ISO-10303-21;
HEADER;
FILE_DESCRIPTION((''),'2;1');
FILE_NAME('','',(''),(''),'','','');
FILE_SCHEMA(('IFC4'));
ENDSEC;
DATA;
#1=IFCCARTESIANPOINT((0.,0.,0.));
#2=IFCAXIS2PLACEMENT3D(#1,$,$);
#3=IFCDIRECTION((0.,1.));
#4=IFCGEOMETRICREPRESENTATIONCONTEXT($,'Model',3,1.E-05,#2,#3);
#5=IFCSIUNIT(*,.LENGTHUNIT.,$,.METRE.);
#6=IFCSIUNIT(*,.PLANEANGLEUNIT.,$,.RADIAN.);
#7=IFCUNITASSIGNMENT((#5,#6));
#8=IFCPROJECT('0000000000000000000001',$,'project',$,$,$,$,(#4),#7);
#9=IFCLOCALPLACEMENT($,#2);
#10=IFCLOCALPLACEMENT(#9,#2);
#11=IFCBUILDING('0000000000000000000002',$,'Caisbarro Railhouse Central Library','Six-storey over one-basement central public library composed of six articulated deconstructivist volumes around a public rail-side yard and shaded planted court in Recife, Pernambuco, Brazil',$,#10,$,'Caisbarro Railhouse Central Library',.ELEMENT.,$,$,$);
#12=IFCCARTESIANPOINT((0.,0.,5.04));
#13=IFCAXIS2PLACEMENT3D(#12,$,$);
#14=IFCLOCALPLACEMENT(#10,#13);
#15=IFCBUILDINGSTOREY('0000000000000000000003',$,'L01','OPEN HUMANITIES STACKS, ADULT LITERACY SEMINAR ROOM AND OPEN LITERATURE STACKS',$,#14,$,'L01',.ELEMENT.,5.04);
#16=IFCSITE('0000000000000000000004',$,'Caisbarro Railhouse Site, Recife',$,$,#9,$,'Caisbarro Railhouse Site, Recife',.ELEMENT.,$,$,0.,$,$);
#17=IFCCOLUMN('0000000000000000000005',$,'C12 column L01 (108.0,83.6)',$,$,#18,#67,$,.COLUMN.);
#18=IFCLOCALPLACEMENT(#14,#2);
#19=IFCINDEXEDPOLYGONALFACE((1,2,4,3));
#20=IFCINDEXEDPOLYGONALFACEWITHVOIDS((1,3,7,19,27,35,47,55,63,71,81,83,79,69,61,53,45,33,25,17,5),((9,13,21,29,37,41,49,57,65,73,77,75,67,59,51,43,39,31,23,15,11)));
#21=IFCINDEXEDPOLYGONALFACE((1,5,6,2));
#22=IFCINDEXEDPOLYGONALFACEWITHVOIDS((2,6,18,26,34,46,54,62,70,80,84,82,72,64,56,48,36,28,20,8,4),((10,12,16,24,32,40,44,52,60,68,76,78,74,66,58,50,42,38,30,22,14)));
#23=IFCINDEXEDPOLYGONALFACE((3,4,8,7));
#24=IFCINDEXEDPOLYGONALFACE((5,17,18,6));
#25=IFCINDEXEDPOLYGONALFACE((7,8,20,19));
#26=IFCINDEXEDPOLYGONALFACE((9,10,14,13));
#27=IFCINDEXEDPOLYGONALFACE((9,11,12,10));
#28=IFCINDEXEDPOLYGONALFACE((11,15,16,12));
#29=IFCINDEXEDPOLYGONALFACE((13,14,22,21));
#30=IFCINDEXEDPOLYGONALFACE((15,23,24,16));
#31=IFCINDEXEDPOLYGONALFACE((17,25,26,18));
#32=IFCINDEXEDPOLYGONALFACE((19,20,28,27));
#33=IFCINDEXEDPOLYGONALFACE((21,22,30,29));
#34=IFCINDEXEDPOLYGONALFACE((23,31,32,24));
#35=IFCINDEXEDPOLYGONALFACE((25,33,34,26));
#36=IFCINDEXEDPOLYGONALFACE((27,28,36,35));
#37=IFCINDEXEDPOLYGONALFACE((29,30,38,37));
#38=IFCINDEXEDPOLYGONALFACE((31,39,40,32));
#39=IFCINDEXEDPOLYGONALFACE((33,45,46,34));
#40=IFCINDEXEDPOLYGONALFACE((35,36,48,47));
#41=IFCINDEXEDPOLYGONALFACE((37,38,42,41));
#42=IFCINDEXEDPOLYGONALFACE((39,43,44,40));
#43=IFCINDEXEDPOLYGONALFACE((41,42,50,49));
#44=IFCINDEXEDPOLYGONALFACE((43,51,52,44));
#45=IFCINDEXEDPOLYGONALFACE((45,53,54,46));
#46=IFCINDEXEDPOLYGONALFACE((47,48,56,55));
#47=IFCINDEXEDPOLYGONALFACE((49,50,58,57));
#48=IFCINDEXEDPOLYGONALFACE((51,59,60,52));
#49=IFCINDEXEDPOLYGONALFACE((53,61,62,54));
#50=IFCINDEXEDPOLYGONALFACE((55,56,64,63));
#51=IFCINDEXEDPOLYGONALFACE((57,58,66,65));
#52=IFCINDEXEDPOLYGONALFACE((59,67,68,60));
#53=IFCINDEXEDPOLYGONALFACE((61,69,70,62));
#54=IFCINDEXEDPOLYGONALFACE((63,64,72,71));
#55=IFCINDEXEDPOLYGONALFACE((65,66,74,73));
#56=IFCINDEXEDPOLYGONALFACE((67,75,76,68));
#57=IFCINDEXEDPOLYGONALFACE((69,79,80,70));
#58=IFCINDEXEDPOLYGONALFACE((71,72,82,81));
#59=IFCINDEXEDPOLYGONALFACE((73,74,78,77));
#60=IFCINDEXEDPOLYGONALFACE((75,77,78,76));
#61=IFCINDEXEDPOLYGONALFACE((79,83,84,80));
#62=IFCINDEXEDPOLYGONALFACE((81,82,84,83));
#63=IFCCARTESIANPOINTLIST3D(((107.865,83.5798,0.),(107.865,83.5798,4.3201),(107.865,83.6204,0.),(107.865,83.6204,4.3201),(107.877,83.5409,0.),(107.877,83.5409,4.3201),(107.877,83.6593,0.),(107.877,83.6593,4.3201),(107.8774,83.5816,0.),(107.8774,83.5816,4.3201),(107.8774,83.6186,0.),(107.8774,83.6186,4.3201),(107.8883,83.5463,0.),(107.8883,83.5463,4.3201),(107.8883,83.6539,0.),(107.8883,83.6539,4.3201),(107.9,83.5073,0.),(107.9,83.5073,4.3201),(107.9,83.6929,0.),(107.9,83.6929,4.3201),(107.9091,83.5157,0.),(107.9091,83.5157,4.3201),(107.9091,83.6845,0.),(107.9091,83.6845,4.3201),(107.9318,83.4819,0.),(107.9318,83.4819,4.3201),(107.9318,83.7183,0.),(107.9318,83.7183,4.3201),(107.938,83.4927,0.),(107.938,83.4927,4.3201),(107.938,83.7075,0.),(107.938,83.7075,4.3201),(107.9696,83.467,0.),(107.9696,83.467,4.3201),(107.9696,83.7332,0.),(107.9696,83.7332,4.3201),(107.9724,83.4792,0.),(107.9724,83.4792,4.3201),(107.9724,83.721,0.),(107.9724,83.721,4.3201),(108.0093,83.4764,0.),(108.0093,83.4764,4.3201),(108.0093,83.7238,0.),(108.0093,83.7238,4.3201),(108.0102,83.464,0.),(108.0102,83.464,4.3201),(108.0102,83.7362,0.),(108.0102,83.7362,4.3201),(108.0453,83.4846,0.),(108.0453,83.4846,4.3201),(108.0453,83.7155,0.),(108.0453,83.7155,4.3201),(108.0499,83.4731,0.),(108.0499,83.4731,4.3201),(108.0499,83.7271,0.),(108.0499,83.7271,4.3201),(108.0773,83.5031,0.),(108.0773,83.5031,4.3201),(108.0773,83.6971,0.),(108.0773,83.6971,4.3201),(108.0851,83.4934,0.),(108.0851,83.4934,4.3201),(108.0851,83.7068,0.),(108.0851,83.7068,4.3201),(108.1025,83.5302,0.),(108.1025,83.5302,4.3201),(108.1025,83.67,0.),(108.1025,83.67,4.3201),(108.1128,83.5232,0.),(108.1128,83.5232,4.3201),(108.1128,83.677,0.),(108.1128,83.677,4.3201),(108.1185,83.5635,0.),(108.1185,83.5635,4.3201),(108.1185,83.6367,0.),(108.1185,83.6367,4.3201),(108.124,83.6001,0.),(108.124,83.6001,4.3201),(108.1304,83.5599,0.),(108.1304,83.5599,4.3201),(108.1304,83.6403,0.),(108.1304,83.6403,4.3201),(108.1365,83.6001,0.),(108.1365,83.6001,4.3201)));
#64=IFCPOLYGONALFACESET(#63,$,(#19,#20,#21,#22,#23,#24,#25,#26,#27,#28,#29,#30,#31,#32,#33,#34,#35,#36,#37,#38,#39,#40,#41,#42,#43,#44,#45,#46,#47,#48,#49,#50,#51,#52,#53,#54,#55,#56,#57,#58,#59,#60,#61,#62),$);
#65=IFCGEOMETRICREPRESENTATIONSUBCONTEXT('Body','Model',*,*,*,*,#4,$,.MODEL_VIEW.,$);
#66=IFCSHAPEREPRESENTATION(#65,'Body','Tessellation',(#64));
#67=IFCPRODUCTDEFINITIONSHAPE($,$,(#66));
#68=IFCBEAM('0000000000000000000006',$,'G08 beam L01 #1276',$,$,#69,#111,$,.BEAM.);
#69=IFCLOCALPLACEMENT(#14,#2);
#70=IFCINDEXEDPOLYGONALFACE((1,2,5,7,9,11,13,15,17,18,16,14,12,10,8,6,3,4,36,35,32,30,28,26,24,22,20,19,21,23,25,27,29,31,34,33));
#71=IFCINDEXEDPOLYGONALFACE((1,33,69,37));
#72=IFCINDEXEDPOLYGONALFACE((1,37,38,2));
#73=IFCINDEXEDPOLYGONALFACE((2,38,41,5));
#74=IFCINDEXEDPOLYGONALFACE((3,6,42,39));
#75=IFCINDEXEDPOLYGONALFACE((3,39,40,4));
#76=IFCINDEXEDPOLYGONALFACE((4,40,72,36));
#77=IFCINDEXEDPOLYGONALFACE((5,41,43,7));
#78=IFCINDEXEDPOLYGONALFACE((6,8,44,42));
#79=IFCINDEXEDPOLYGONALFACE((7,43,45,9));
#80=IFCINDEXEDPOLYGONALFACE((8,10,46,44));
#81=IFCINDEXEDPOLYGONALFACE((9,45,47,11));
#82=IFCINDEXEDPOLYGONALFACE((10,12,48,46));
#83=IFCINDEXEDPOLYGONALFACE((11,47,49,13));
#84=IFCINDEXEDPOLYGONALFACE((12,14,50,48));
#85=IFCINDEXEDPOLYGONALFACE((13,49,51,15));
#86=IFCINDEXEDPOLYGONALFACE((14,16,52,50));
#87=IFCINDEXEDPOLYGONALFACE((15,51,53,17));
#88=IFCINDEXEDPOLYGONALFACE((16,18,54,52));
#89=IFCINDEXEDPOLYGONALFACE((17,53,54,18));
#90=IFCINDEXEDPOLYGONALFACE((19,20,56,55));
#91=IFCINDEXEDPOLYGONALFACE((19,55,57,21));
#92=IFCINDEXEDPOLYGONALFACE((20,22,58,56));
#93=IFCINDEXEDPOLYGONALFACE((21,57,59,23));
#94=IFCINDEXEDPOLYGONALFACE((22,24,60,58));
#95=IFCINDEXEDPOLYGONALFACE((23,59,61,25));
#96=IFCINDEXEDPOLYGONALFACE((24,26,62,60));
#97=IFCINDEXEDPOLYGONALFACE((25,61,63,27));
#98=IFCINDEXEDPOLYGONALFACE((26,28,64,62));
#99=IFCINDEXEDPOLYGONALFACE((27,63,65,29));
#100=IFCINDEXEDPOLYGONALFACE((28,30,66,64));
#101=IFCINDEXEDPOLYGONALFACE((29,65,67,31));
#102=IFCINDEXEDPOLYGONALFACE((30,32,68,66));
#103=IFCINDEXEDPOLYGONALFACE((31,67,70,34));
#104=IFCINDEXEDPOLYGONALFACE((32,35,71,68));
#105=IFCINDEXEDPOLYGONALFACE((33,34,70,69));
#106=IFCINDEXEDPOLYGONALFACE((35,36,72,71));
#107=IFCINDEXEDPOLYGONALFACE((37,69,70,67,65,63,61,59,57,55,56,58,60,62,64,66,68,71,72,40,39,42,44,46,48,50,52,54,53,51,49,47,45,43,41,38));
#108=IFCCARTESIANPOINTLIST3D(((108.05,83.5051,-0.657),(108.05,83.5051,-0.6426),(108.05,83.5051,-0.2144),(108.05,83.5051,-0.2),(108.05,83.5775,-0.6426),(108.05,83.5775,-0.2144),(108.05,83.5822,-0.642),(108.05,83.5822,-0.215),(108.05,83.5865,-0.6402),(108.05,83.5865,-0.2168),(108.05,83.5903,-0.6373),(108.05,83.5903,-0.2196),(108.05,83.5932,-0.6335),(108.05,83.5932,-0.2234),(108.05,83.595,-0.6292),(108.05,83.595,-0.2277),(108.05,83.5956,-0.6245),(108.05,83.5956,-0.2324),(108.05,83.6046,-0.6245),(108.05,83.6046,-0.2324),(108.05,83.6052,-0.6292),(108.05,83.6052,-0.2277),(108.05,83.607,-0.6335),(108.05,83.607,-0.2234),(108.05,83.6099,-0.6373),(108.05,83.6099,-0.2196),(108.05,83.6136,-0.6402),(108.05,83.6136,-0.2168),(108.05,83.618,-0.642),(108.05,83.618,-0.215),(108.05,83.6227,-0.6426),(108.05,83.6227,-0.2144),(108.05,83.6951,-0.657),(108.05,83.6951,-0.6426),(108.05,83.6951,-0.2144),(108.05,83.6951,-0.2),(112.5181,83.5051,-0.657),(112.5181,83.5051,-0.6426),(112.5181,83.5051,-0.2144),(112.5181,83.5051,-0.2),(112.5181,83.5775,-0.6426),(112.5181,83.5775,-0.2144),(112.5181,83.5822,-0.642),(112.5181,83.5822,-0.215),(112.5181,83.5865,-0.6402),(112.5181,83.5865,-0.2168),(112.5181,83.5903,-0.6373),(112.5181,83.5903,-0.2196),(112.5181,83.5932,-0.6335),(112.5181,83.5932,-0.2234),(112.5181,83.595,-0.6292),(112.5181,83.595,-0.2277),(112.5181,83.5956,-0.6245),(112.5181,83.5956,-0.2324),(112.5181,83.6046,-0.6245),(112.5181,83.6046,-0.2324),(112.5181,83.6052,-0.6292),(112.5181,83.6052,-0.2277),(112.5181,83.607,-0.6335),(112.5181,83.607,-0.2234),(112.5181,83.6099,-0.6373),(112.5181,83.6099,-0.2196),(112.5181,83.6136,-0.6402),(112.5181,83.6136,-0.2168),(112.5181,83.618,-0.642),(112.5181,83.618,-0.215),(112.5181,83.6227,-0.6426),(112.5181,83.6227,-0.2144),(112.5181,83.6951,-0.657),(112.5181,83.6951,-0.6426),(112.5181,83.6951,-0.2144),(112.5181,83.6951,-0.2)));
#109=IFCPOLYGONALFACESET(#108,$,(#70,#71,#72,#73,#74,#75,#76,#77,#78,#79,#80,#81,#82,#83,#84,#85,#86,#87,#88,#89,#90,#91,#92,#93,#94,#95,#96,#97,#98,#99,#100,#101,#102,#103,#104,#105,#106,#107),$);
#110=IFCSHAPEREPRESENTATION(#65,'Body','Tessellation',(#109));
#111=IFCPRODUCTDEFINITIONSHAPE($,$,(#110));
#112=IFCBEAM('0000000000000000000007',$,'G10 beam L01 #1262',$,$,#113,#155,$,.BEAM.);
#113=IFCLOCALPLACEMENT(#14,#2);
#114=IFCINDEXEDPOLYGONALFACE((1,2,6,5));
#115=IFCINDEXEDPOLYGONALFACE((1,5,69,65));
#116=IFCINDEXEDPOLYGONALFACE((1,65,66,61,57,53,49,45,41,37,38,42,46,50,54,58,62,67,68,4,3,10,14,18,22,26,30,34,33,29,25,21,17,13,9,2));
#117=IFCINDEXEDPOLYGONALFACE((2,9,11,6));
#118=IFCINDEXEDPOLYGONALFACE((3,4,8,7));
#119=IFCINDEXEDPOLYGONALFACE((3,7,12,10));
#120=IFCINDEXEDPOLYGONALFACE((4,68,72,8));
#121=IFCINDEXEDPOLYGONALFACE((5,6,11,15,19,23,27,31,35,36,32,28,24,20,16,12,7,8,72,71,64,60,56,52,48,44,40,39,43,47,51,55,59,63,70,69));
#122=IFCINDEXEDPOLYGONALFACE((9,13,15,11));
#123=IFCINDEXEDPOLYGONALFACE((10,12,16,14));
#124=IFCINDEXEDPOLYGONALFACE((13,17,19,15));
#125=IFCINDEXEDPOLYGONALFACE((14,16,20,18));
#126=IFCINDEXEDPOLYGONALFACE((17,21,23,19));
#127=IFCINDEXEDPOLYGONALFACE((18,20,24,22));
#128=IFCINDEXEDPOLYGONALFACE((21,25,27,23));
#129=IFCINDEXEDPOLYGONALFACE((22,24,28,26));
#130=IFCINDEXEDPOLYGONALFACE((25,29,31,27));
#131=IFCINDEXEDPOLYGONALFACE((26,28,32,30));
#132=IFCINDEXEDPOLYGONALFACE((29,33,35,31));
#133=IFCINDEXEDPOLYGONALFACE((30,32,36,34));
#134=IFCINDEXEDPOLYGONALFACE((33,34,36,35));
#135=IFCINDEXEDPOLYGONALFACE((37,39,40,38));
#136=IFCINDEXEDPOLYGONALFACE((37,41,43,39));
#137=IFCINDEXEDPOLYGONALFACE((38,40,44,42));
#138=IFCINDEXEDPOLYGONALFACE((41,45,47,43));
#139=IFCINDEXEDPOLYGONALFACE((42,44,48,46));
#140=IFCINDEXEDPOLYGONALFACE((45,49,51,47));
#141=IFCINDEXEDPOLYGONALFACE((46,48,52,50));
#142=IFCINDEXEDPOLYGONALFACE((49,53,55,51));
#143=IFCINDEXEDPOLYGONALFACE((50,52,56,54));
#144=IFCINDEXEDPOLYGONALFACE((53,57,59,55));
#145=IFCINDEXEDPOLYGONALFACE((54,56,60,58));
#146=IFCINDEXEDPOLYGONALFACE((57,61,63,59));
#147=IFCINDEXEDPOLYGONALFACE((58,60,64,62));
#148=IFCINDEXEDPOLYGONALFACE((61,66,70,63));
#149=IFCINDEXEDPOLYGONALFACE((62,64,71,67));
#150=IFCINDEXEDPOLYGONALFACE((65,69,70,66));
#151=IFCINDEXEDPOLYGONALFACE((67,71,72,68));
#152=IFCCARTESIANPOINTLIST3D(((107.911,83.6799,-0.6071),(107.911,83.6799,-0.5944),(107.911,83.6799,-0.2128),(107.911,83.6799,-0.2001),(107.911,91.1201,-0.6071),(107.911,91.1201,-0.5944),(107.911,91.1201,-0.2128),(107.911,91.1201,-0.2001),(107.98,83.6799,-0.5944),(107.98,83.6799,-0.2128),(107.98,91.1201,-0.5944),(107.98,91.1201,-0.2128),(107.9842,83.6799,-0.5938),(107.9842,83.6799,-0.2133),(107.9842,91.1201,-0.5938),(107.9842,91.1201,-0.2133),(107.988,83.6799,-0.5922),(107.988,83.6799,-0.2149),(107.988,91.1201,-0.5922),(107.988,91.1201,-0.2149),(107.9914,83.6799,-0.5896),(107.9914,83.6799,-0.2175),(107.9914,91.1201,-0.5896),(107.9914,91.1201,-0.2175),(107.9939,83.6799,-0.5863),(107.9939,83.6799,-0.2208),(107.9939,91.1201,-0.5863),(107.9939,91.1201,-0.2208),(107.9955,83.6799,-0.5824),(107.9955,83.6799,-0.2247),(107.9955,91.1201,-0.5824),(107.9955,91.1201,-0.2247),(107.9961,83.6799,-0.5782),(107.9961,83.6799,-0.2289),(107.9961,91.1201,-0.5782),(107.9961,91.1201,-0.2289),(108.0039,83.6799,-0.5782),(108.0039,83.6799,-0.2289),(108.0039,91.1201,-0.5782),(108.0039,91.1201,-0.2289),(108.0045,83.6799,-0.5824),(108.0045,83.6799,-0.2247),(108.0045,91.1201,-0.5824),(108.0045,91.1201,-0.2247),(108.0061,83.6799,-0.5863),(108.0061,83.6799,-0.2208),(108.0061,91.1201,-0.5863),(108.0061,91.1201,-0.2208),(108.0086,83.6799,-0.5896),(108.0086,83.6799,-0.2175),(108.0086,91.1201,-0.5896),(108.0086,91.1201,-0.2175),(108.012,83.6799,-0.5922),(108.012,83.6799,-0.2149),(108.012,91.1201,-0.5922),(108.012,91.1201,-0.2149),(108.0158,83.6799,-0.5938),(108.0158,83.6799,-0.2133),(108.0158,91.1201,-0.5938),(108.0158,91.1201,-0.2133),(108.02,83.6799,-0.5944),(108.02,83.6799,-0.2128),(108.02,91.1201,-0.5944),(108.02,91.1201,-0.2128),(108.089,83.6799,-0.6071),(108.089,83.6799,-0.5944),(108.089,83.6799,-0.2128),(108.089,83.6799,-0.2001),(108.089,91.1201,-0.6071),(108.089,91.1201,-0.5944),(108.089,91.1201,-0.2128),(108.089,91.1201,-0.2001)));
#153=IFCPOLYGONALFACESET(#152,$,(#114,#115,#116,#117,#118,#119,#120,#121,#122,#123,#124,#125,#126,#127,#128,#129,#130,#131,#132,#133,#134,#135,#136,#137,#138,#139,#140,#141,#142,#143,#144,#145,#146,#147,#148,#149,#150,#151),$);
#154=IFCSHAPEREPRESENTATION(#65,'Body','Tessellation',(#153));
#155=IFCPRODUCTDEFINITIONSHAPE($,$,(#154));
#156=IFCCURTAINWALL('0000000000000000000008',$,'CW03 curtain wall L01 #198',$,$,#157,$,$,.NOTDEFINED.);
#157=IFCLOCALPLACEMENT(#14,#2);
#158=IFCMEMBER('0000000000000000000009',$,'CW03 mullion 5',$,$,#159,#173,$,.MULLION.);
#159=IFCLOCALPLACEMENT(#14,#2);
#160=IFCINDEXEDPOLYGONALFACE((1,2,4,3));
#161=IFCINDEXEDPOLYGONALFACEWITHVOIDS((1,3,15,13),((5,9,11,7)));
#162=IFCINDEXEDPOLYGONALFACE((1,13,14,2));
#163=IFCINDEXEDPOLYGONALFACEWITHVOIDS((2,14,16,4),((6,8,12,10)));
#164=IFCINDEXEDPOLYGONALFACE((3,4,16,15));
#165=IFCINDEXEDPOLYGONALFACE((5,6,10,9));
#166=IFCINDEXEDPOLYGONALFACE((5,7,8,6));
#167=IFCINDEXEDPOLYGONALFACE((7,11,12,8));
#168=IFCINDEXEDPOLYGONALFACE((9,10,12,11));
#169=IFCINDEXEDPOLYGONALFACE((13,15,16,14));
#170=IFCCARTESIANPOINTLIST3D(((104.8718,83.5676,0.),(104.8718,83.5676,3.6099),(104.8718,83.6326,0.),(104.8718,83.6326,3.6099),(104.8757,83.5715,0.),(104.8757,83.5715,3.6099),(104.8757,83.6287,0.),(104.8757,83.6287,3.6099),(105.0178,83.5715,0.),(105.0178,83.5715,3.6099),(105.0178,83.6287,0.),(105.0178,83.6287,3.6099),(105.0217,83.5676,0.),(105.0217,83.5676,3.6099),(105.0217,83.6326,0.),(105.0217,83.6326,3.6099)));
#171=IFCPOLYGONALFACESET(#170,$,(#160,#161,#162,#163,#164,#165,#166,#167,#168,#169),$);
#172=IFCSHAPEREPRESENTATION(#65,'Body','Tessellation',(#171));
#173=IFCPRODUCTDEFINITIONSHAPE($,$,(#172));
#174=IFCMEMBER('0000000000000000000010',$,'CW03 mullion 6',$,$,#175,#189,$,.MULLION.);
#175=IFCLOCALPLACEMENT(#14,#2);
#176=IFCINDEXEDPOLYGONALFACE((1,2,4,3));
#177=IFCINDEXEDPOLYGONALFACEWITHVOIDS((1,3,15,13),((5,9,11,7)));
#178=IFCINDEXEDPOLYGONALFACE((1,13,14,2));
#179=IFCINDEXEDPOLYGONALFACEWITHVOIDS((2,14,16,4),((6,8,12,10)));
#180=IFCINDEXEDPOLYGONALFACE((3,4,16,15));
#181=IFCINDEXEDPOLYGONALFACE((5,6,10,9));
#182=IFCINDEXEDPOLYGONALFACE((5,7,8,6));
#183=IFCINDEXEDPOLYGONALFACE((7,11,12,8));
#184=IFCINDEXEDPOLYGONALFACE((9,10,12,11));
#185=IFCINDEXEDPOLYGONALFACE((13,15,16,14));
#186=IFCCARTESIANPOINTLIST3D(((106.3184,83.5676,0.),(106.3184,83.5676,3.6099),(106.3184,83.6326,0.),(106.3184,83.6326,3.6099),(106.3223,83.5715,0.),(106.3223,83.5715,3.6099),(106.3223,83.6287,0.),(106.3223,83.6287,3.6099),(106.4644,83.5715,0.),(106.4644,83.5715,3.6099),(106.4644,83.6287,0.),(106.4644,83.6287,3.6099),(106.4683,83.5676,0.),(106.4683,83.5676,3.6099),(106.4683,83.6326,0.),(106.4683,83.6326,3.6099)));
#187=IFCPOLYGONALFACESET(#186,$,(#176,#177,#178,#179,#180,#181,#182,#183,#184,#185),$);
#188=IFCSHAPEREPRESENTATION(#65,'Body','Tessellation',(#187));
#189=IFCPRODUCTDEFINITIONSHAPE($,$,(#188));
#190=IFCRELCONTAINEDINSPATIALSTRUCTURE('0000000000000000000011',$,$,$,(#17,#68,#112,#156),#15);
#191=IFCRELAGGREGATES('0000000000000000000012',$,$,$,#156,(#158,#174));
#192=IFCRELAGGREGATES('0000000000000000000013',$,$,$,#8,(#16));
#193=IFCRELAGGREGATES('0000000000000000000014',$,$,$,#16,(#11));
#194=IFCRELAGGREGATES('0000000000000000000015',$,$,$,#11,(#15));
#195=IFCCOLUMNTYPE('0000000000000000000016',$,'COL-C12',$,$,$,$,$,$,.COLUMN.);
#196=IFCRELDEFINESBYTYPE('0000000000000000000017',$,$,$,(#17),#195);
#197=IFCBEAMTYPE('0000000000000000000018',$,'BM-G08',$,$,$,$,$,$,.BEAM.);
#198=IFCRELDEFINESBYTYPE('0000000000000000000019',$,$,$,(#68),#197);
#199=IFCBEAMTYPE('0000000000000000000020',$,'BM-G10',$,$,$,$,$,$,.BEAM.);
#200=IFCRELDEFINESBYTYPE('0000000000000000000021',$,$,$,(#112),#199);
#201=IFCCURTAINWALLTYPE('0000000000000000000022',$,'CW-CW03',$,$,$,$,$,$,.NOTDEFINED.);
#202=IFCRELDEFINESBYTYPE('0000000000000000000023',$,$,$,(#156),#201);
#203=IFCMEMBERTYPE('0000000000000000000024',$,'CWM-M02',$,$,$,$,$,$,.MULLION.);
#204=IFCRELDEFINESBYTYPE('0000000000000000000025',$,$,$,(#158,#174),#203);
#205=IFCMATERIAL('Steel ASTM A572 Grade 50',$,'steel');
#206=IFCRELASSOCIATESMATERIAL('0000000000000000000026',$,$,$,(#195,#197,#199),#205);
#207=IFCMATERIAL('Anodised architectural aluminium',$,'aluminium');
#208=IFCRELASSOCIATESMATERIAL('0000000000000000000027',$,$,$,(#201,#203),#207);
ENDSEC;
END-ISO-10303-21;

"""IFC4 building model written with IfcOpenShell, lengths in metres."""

from ifc_helpers import new_model, si_unit, direction, frame, origin, origin_2d, place, context, subcontext, project, spatial, hollow_rectangle, hollow_circle, i_section, extrude, material, material_profile, profile_set, type_object, element, aggregate, save


model = new_model("IFC4")

# Units and contexts
model_context = context("Model", 3, precision=1e-05, world=origin(), true_north=direction((0.0, 1.0)))
body_context = subcontext(model_context, "Body", "Model", "MODEL_VIEW")
ifc_project = project(units=[si_unit("LENGTHUNIT", "METRE"), si_unit("PLANEANGLEUNIT", "RADIAN")], contexts=[model_context])

# Site, building, storey
site_placement = place(None, origin())
site = spatial("IfcSite", under=ifc_project, at=site_placement, Name="Caisbarro Railhouse Site, Recife", LongName="Caisbarro Railhouse Site, Recife", CompositionType="ELEMENT", RefElevation=0.0)
building_placement = place(site_placement, origin())
building = spatial("IfcBuilding", under=site, at=building_placement, Name="Caisbarro Railhouse Central Library", Description="Six-storey over one-basement central public library composed of six articulated deconstructivist volumes around a public rail-side yard and shaded planted court in Recife, Pernambuco, Brazil", LongName="Caisbarro Railhouse Central Library", CompositionType="ELEMENT")
storey_placement = place(building_placement, frame((0.0, 0.0, 5.04)))
storey = spatial("IfcBuildingStorey", under=building, at=storey_placement, Name="L01", Description="OPEN HUMANITIES STACKS, ADULT LITERACY SEMINAR ROOM AND OPEN LITERATURE STACKS", LongName="L01", CompositionType="ELEMENT", Elevation=5.04)

# Column
ifc_material_1 = material(Name="Steel ASTM A572 Grade 50", Category="steel")
ifc_material_profile_1 = material_profile(ifc_material_1, hollow_circle(Radius=0.1365, WallThickness=0.0125, at=origin_2d()), Name="CHS273.0X12.5")
ifc_profile_set_1 = profile_set([ifc_material_profile_1], Name="Steel ASTM A572 Grade 50")
column_type = type_object("IfcColumnType", Name="COL-C12", PredefinedType="COLUMN", material=ifc_profile_set_1)
column_placement = place(storey_placement, frame((108.0, 83.6001, 0.0), z_axis=(0.0, 0.0, 1.0), x_axis=(1.0, 0.0, 0.0)))
element("IfcColumn", 1, at=column_placement, inside=storey, type_object=column_type, Name="C12 column L01 (108.0,83.6)", PredefinedType="COLUMN", context=body_context, shape_type="SweptSolid", body=[
    extrude(hollow_circle(Radius=0.1365, WallThickness=0.0125, at=origin_2d()), origin(), (0.0, 0.0, 1.0), 4.3201),
])

# Beams
ifc_material_profile_2 = material_profile(ifc_material_1, i_section(OverallWidth=0.1899, OverallDepth=0.457, WebThickness=0.009, FlangeThickness=0.0144, FilletRadius=0.0181, at=origin_2d()), Name="W460X74.0")
ifc_profile_set_2 = profile_set([ifc_material_profile_2], Name="Steel ASTM A572 Grade 50")
beam_type_1 = type_object("IfcBeamType", Name="BM-G08", PredefinedType="BEAM", material=ifc_profile_set_2)
beam_1_placement = place(storey_placement, frame((108.05, 83.6001, -0.4285), z_axis=(1.0, 0.0, 0.0), x_axis=(0.0, 1.0, 0.0)))
element("IfcBeam", 2, at=beam_1_placement, inside=storey, type_object=beam_type_1, Name="G08 beam L01 #1276", PredefinedType="BEAM", context=body_context, shape_type="SweptSolid", body=[
    extrude(i_section(OverallWidth=0.1899, OverallDepth=0.457, WebThickness=0.009, FlangeThickness=0.0144, FilletRadius=0.0181, at=origin_2d()), origin(), (0.0, 0.0, 1.0), 4.468),
])
ifc_material_profile_3 = material_profile(ifc_material_1, i_section(OverallWidth=0.178, OverallDepth=0.407, WebThickness=0.0078, FlangeThickness=0.0127, FilletRadius=0.0161, at=origin_2d()), Name="W410X60.0")
ifc_profile_set_3 = profile_set([ifc_material_profile_3], Name="Steel ASTM A572 Grade 50")
beam_type_2 = type_object("IfcBeamType", Name="BM-G10", PredefinedType="BEAM", material=ifc_profile_set_3)
beam_2_placement = place(storey_placement, frame((108.0, 83.6799, -0.4036), z_axis=(0.0, 1.0, 0.0), x_axis=(-1.0, 0.0, 0.0)))
element("IfcBeam", 3, at=beam_2_placement, inside=storey, type_object=beam_type_2, Name="G10 beam L01 #1262", PredefinedType="BEAM", context=body_context, shape_type="SweptSolid", body=[
    extrude(i_section(OverallWidth=0.178, OverallDepth=0.407, WebThickness=0.0078, FlangeThickness=0.0127, FilletRadius=0.0161, at=origin_2d()), origin(), (0.0, 0.0, 1.0), 7.4402),
])

# Curtain wall, members
ifc_material_2 = material(Name="Anodised architectural aluminium", Category="aluminium")
curtain_wall_type = type_object("IfcCurtainWallType", Name="CW-CW03", PredefinedType="NOTDEFINED", material=ifc_material_2)
curtain_wall_1_placement = place(storey_placement, origin())
curtain_wall_1 = element("IfcCurtainWall", 4, at=curtain_wall_1_placement, inside=storey, type_object=curtain_wall_type, Name="CW03 curtain wall L01 #198", PredefinedType="NOTDEFINED")
ifc_material_profile_4 = material_profile(ifc_material_2, hollow_rectangle(XDim=0.0649, YDim=0.1499, WallThickness=0.0039, at=origin_2d()), Name="ALU-MUL-65X150")
ifc_profile_set_4 = profile_set([ifc_material_profile_4], Name="Anodised architectural aluminium")
member_type_1 = type_object("IfcMemberType", Name="CWM-M02", PredefinedType="MULLION", material=ifc_profile_set_4)
member_1_placement = place(storey_placement, frame((104.9468, 83.6001, 0.0), z_axis=(0.0, 0.0, 1.0), x_axis=(0.0, 1.0, 0.0)))
member_1 = element("IfcMember", 5, at=member_1_placement, type_object=member_type_1, Name="CW03 mullion 5", PredefinedType="MULLION", context=body_context, shape_type="SweptSolid", body=[
    extrude(hollow_rectangle(XDim=0.0649, YDim=0.1499, WallThickness=0.0039, at=origin_2d()), origin(), (0.0, 0.0, 1.0), 3.6099),
])
member_2_placement = place(storey_placement, frame((106.3933, 83.6001, 0.0), z_axis=(0.0, 0.0, 1.0), x_axis=(0.0, 1.0, 0.0)))
member_2 = element("IfcMember", 6, at=member_2_placement, type_object=member_type_1, Name="CW03 mullion 6", PredefinedType="MULLION", context=body_context, shape_type="SweptSolid", body=[
    extrude(hollow_rectangle(XDim=0.0649, YDim=0.1499, WallThickness=0.0039, at=origin_2d()), origin(), (0.0, 0.0, 1.0), 3.6099),
])

aggregate(curtain_wall_1, [member_1, member_2])

save(model, "model.ifc")
